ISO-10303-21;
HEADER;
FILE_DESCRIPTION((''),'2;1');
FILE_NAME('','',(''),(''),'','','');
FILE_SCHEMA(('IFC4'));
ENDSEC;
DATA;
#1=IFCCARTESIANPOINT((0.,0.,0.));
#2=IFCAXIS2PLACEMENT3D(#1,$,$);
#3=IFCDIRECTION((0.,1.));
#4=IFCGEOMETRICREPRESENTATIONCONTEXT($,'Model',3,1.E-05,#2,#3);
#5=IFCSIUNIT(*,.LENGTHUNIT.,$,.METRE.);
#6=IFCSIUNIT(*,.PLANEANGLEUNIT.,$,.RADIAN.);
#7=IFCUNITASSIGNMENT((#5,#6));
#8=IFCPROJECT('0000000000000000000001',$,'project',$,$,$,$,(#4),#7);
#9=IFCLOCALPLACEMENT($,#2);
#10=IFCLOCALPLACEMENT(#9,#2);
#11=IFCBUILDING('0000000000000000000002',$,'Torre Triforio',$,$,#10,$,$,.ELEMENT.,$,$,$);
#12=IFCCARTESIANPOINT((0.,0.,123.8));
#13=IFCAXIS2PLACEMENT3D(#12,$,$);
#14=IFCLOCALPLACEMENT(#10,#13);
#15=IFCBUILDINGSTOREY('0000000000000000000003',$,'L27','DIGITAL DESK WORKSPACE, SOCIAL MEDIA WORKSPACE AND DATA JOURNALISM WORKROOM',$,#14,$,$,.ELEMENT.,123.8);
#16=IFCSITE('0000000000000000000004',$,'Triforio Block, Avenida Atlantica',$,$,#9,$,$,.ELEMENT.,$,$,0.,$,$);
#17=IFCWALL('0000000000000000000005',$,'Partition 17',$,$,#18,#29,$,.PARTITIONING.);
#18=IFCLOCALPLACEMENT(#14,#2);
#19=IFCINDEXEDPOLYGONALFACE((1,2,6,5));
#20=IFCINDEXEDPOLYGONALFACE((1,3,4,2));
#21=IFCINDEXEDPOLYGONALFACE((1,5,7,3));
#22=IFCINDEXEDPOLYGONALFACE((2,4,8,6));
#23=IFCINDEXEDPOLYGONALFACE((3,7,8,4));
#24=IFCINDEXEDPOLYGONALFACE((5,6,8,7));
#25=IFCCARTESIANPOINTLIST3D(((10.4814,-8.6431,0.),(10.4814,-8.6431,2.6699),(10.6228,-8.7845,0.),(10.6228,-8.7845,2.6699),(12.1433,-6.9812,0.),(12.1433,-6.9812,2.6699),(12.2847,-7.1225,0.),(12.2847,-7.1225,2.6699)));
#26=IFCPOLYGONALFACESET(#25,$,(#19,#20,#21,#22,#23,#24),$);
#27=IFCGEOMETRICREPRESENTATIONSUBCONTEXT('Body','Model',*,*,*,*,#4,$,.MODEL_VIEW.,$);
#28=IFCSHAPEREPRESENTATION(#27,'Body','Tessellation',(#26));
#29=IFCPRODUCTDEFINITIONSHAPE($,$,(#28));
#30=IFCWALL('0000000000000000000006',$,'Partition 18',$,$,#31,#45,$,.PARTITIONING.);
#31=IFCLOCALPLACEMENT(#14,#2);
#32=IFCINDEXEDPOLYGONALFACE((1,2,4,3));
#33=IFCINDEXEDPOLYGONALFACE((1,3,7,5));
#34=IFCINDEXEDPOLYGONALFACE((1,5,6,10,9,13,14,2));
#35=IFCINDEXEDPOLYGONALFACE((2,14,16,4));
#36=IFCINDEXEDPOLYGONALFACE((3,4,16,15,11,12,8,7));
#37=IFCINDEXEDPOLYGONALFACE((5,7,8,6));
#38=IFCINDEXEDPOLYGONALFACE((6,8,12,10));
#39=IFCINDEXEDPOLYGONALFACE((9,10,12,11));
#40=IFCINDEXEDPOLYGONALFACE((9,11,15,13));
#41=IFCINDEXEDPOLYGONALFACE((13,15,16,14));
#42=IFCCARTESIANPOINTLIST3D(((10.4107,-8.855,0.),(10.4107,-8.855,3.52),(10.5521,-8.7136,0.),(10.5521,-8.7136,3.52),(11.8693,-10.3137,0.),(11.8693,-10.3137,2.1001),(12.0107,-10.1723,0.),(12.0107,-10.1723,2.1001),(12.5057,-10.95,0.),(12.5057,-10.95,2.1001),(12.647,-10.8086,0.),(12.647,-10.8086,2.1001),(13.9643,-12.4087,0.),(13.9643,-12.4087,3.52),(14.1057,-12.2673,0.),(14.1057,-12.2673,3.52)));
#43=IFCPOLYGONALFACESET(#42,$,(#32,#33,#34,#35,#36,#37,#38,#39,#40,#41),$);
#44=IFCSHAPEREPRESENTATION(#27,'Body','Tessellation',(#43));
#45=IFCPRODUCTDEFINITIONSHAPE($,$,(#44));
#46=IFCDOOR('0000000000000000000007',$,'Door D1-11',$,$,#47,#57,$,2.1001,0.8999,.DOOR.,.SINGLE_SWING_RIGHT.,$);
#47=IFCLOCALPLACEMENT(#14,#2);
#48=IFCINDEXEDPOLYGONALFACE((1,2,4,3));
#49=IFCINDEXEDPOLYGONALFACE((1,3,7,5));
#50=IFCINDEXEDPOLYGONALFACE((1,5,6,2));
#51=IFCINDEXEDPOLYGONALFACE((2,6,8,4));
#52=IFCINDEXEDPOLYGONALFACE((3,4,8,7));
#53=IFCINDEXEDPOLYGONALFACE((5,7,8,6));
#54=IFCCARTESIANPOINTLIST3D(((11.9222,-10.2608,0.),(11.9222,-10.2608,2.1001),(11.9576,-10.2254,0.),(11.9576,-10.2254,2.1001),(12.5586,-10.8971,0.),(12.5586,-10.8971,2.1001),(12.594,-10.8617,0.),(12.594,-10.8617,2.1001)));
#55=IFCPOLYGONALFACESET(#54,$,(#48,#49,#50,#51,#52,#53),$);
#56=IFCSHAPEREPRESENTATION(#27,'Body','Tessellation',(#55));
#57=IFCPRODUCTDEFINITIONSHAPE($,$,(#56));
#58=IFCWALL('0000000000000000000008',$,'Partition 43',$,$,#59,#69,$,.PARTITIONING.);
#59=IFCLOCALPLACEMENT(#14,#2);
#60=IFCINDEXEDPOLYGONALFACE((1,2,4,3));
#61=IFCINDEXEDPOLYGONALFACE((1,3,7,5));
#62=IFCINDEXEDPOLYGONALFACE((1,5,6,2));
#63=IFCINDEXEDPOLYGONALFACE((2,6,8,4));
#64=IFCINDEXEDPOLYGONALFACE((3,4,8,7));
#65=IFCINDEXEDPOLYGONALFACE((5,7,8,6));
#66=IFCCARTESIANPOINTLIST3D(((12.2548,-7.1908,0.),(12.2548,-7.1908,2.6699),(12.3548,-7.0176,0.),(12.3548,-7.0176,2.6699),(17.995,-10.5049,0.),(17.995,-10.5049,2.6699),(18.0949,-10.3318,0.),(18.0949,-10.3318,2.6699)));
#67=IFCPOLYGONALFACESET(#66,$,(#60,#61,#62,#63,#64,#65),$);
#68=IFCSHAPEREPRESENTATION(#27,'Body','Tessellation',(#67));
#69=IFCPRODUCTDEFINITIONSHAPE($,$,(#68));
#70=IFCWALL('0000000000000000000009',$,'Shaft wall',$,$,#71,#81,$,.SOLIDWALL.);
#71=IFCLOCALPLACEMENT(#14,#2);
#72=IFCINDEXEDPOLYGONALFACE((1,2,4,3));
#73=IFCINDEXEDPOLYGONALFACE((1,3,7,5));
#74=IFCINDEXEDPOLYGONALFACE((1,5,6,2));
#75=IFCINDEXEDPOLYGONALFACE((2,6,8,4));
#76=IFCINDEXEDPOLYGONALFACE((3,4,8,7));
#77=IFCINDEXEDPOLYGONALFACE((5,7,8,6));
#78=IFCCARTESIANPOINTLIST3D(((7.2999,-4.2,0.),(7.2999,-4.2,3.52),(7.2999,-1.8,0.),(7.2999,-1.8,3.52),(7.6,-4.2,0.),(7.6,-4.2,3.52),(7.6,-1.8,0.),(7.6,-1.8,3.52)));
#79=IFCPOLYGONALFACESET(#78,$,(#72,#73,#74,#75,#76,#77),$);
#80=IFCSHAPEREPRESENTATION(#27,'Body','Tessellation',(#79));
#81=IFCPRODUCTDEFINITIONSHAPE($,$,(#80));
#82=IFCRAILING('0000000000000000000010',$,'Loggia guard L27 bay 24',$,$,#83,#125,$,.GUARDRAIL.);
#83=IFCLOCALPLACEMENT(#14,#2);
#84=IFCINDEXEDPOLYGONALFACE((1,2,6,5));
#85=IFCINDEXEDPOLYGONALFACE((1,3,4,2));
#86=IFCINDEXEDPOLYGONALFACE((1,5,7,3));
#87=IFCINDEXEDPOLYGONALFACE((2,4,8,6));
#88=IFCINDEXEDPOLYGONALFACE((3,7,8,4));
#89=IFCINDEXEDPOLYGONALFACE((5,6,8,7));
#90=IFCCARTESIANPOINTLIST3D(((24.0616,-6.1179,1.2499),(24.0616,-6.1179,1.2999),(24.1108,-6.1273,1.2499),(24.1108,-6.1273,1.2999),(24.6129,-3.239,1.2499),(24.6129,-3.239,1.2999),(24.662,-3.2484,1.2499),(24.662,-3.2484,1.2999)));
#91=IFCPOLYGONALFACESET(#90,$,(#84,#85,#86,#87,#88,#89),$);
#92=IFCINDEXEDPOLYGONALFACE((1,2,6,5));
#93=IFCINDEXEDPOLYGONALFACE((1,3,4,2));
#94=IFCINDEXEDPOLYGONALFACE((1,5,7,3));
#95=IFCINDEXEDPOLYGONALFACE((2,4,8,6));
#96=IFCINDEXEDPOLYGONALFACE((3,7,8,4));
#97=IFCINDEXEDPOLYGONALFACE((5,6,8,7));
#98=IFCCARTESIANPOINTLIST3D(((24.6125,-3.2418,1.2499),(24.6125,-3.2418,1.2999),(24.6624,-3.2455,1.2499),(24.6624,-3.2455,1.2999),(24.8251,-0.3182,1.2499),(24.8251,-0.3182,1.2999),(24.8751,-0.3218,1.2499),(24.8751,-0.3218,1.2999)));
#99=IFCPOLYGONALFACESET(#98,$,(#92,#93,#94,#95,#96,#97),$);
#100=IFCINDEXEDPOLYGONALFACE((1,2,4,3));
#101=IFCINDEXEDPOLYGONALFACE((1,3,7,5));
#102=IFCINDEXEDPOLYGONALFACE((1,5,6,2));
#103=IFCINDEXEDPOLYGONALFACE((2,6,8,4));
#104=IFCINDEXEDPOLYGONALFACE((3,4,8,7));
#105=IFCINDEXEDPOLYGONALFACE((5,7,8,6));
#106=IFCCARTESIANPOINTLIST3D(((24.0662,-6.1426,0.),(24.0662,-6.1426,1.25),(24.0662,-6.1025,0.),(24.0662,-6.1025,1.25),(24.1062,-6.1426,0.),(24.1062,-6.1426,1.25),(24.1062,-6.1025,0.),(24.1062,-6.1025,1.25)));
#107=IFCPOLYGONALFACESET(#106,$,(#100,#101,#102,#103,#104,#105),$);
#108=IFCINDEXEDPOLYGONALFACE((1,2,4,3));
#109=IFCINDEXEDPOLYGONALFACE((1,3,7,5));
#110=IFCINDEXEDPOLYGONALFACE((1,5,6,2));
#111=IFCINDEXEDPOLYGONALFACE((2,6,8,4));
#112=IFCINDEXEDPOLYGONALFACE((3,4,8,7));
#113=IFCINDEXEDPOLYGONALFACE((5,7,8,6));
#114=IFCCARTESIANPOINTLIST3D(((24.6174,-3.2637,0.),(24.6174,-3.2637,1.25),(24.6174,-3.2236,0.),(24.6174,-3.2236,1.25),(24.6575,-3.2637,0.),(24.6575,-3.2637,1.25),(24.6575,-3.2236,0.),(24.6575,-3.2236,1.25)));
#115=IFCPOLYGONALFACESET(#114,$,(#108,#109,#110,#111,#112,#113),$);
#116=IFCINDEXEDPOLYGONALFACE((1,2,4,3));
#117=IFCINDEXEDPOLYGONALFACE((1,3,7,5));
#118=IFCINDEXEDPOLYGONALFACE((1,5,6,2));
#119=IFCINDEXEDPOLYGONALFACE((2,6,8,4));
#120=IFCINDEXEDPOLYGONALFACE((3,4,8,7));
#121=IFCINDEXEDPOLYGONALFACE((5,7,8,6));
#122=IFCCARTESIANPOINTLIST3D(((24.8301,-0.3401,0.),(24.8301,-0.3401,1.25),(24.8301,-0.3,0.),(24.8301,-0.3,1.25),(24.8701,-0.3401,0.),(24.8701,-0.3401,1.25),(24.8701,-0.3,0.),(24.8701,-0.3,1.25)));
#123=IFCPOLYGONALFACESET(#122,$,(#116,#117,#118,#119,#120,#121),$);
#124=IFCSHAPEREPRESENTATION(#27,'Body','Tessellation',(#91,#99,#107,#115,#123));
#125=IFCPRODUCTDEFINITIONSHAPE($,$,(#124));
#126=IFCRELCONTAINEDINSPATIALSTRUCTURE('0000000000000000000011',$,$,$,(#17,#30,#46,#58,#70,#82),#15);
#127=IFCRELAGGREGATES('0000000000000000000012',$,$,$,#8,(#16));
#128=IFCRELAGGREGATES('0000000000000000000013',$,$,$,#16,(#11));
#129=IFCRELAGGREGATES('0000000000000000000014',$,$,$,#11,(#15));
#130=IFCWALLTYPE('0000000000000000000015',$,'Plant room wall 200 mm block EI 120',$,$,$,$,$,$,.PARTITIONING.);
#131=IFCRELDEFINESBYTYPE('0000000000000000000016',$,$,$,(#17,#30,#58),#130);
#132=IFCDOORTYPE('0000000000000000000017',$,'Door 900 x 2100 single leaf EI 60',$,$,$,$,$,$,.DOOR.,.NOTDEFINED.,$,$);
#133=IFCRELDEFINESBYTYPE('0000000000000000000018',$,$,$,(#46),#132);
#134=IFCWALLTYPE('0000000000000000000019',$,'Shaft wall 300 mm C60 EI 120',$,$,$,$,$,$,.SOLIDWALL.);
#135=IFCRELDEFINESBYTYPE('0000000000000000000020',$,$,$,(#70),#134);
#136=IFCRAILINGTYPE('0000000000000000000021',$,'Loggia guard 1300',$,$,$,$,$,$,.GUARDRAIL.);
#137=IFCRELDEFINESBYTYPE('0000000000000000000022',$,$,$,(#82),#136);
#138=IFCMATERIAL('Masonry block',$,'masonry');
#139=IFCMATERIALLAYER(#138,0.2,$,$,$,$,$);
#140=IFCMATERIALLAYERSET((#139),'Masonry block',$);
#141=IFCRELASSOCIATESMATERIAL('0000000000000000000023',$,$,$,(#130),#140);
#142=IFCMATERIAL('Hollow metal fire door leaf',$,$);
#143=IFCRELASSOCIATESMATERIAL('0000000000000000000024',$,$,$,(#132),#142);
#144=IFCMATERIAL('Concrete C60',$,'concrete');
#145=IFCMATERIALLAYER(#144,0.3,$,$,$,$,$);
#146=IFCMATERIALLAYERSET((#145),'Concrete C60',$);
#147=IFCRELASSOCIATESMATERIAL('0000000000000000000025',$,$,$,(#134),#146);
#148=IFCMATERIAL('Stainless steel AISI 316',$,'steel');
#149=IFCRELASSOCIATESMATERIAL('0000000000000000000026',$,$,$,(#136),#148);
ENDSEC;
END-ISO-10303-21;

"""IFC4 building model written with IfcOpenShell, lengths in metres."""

from ifc_helpers import new_model, si_unit, direction, frame, frame_2d, origin, origin_2d, place, context, subcontext, project, spatial, rectangle, extrude, material, layer, layer_set, type_object, element, fill, save


model = new_model("IFC4")

# Units and contexts
model_context = context("Model", 3, precision=1e-05, world=origin(), true_north=direction((0.0, 1.0)))
body_context = subcontext(model_context, "Body", "Model", "MODEL_VIEW")
ifc_project = project(units=[si_unit("LENGTHUNIT", "METRE"), si_unit("PLANEANGLEUNIT", "RADIAN")], contexts=[model_context])

# Site, building, storey
site_placement = place(None, origin())
site = spatial("IfcSite", under=ifc_project, at=site_placement, Name="Triforio Block, Avenida Atlantica", CompositionType="ELEMENT", RefElevation=0.0)
building_placement = place(site_placement, origin())
building = spatial("IfcBuilding", under=site, at=building_placement, Name="Torre Triforio", CompositionType="ELEMENT")
storey_placement = place(building_placement, frame((0.0, 0.0, 123.8)))
storey = spatial("IfcBuildingStorey", under=building, at=storey_placement, Name="L27", Description="DIGITAL DESK WORKSPACE, SOCIAL MEDIA WORKSPACE AND DATA JOURNALISM WORKROOM", CompositionType="ELEMENT", Elevation=123.8)

# Shared definitions
ifc_material_1 = material(Name="Concrete C60", Category="concrete")

# Shared definitions
ifc_material_2 = material(Name="Hollow metal fire door leaf")

# Wall
ifc_material_3 = material(Name="Masonry block", Category="masonry")
ifc_layer_1 = layer(ifc_material_3, 0.2)
ifc_layer_set_1 = layer_set([ifc_layer_1], Name="Masonry block")
wall_type_1 = type_object("IfcWallType", Name="Plant room wall 200 mm block EI 120", PredefinedType="PARTITIONING", material=ifc_layer_set_1)
wall_1_placement = place(storey_placement, frame((12.2141, -7.0518, 0.0), z_axis=(0.0, 0.0, 1.0), x_axis=(-0.707107, -0.707107, 0.0)))
element("IfcWall", 1, at=wall_1_placement, inside=storey, type_object=wall_type_1, Name="Partition 17", PredefinedType="PARTITIONING", context=body_context, shape_type="SweptSolid", body=[
    extrude(rectangle(XDim=2.3503, YDim=0.2, at=frame_2d((1.1753, 0.0))), origin(), (0.0, 0.0, 1.0), 2.6699),
])

# Wall, opening, door
wall_2_placement = place(storey_placement, frame((10.4814, -8.7844, 0.0), z_axis=(0.0, 0.0, 1.0), x_axis=(0.707107, -0.707107, 0.0)))
wall_2 = element("IfcWall", 2, at=wall_2_placement, inside=storey, type_object=wall_type_1, Name="Partition 18", PredefinedType="PARTITIONING", context=body_context, shape_type="SweptSolid", body=[
    extrude(rectangle(XDim=5.0256, YDim=0.2, at=frame_2d((2.5127, 0.0))), origin(), (0.0, 0.0, 1.0), 3.52),
])
opening_1_placement = place(wall_2_placement, frame((2.0627, 0.0, 0.0)))
opening_1 = element("IfcOpeningElement", 3, at=opening_1_placement, cuts=wall_2, PredefinedType="OPENING", context=body_context, shape_type="SweptSolid", body=[
    extrude(rectangle(XDim=0.8999, YDim=2.1001, at=frame_2d((0.45, 1.05))), frame((0.0, 0.1099, 0.0), z_axis=(0.0, -1.0, 0.0), x_axis=(1.0, 0.0, 0.0)), (0.0, 0.0, 1.0), 0.22),
])
door_type_1 = type_object("IfcDoorType", Name="Door 900 x 2100 single leaf EI 60", OperationType="NOTDEFINED", PredefinedType="DOOR", material=ifc_material_2)
door_1_placement = place(opening_1_placement, origin())
door_1 = element("IfcDoor", 4, at=door_1_placement, inside=storey, type_object=door_type_1, Name="Door D1-11", OperationType="SINGLE_SWING_RIGHT", OverallHeight=2.1001, OverallWidth=0.8999, PredefinedType="DOOR", context=body_context, shape_type="SweptSolid", body=[
    extrude(rectangle(XDim=0.8999, YDim=2.1001, at=frame_2d((0.45, 1.05))), frame((0.0, 0.0249, 0.0), z_axis=(0.0, -1.0, 0.0), x_axis=(1.0, 0.0, 0.0)), (0.0, 0.0, 1.0), 0.05),
])
fill(opening_1, door_1)

# Walls
wall_3_placement = place(storey_placement, frame((12.3049, -7.1042, 0.0), z_axis=(0.0, 0.0, 1.0), x_axis=(0.86602, -0.500009, 0.0)))
element("IfcWall", 5, at=wall_3_placement, inside=storey, type_object=wall_type_1, Name="Partition 43", PredefinedType="PARTITIONING", context=body_context, shape_type="SweptSolid", body=[
    extrude(rectangle(XDim=6.6282, YDim=0.2, at=frame_2d((3.314, 0.0))), origin(), (0.0, 0.0, 1.0), 2.6699),
])
ifc_layer_2 = layer(ifc_material_1, 0.3)
ifc_layer_set_2 = layer_set([ifc_layer_2], Name="Concrete C60")
wall_type_2 = type_object("IfcWallType", Name="Shaft wall 300 mm C60 EI 120", PredefinedType="SOLIDWALL", material=ifc_layer_set_2)
wall_4_placement = place(storey_placement, frame((7.45, -4.2, 0.0), z_axis=(0.0, 0.0, 1.0), x_axis=(0.0, 1.0, 0.0)))
element("IfcWall", 6, at=wall_4_placement, inside=storey, type_object=wall_type_2, Name="Shaft wall", PredefinedType="SOLIDWALL", context=body_context, shape_type="SweptSolid", body=[
    extrude(rectangle(XDim=2.3999, YDim=0.3, at=frame_2d((1.2, 0.0))), origin(), (0.0, 0.0, 1.0), 3.52),
])

# Railing
ifc_material_4 = material(Name="Stainless steel AISI 316", Category="steel")
railing_type = type_object("IfcRailingType", Name="Loggia guard 1300", PredefinedType="GUARDRAIL", material=ifc_material_4)
railing_placement = place(storey_placement, frame((24.0862, -6.1226, 0.0)))
element("IfcRailing", 7, at=railing_placement, inside=storey, type_object=railing_type, Name="Loggia guard L27 bay 24", PredefinedType="GUARDRAIL", context=body_context, shape_type="SweptSolid", body=[
    extrude(rectangle(XDim=0.05, YDim=0.05, at=origin_2d()), frame((0.0, 0.0, 1.2749), z_axis=(0.188069, 0.982156, 0.0), x_axis=(-0.982156, 0.188069, 0.0)), (0.0, 0.0, 1.0), 2.9312),
    extrude(rectangle(XDim=0.05, YDim=0.05, at=origin_2d()), frame((0.5513, 2.8789, 1.2749), z_axis=(0.072543, 0.997365, 0.0), x_axis=(-0.997365, 0.072543, 0.0)), (0.0, 0.0, 1.0), 2.9314),
    extrude(rectangle(XDim=0.04, YDim=0.04, at=origin_2d()), origin(), (0.0, 0.0, 1.0), 1.25),
    extrude(rectangle(XDim=0.04, YDim=0.04, at=origin_2d()), frame((0.5513, 2.8789, 0.0)), (0.0, 0.0, 1.0), 1.25),
    extrude(rectangle(XDim=0.04, YDim=0.04, at=origin_2d()), frame((0.7639, 5.8025, 0.0)), (0.0, 0.0, 1.0), 1.25),
])

save(model, "model.ifc")
